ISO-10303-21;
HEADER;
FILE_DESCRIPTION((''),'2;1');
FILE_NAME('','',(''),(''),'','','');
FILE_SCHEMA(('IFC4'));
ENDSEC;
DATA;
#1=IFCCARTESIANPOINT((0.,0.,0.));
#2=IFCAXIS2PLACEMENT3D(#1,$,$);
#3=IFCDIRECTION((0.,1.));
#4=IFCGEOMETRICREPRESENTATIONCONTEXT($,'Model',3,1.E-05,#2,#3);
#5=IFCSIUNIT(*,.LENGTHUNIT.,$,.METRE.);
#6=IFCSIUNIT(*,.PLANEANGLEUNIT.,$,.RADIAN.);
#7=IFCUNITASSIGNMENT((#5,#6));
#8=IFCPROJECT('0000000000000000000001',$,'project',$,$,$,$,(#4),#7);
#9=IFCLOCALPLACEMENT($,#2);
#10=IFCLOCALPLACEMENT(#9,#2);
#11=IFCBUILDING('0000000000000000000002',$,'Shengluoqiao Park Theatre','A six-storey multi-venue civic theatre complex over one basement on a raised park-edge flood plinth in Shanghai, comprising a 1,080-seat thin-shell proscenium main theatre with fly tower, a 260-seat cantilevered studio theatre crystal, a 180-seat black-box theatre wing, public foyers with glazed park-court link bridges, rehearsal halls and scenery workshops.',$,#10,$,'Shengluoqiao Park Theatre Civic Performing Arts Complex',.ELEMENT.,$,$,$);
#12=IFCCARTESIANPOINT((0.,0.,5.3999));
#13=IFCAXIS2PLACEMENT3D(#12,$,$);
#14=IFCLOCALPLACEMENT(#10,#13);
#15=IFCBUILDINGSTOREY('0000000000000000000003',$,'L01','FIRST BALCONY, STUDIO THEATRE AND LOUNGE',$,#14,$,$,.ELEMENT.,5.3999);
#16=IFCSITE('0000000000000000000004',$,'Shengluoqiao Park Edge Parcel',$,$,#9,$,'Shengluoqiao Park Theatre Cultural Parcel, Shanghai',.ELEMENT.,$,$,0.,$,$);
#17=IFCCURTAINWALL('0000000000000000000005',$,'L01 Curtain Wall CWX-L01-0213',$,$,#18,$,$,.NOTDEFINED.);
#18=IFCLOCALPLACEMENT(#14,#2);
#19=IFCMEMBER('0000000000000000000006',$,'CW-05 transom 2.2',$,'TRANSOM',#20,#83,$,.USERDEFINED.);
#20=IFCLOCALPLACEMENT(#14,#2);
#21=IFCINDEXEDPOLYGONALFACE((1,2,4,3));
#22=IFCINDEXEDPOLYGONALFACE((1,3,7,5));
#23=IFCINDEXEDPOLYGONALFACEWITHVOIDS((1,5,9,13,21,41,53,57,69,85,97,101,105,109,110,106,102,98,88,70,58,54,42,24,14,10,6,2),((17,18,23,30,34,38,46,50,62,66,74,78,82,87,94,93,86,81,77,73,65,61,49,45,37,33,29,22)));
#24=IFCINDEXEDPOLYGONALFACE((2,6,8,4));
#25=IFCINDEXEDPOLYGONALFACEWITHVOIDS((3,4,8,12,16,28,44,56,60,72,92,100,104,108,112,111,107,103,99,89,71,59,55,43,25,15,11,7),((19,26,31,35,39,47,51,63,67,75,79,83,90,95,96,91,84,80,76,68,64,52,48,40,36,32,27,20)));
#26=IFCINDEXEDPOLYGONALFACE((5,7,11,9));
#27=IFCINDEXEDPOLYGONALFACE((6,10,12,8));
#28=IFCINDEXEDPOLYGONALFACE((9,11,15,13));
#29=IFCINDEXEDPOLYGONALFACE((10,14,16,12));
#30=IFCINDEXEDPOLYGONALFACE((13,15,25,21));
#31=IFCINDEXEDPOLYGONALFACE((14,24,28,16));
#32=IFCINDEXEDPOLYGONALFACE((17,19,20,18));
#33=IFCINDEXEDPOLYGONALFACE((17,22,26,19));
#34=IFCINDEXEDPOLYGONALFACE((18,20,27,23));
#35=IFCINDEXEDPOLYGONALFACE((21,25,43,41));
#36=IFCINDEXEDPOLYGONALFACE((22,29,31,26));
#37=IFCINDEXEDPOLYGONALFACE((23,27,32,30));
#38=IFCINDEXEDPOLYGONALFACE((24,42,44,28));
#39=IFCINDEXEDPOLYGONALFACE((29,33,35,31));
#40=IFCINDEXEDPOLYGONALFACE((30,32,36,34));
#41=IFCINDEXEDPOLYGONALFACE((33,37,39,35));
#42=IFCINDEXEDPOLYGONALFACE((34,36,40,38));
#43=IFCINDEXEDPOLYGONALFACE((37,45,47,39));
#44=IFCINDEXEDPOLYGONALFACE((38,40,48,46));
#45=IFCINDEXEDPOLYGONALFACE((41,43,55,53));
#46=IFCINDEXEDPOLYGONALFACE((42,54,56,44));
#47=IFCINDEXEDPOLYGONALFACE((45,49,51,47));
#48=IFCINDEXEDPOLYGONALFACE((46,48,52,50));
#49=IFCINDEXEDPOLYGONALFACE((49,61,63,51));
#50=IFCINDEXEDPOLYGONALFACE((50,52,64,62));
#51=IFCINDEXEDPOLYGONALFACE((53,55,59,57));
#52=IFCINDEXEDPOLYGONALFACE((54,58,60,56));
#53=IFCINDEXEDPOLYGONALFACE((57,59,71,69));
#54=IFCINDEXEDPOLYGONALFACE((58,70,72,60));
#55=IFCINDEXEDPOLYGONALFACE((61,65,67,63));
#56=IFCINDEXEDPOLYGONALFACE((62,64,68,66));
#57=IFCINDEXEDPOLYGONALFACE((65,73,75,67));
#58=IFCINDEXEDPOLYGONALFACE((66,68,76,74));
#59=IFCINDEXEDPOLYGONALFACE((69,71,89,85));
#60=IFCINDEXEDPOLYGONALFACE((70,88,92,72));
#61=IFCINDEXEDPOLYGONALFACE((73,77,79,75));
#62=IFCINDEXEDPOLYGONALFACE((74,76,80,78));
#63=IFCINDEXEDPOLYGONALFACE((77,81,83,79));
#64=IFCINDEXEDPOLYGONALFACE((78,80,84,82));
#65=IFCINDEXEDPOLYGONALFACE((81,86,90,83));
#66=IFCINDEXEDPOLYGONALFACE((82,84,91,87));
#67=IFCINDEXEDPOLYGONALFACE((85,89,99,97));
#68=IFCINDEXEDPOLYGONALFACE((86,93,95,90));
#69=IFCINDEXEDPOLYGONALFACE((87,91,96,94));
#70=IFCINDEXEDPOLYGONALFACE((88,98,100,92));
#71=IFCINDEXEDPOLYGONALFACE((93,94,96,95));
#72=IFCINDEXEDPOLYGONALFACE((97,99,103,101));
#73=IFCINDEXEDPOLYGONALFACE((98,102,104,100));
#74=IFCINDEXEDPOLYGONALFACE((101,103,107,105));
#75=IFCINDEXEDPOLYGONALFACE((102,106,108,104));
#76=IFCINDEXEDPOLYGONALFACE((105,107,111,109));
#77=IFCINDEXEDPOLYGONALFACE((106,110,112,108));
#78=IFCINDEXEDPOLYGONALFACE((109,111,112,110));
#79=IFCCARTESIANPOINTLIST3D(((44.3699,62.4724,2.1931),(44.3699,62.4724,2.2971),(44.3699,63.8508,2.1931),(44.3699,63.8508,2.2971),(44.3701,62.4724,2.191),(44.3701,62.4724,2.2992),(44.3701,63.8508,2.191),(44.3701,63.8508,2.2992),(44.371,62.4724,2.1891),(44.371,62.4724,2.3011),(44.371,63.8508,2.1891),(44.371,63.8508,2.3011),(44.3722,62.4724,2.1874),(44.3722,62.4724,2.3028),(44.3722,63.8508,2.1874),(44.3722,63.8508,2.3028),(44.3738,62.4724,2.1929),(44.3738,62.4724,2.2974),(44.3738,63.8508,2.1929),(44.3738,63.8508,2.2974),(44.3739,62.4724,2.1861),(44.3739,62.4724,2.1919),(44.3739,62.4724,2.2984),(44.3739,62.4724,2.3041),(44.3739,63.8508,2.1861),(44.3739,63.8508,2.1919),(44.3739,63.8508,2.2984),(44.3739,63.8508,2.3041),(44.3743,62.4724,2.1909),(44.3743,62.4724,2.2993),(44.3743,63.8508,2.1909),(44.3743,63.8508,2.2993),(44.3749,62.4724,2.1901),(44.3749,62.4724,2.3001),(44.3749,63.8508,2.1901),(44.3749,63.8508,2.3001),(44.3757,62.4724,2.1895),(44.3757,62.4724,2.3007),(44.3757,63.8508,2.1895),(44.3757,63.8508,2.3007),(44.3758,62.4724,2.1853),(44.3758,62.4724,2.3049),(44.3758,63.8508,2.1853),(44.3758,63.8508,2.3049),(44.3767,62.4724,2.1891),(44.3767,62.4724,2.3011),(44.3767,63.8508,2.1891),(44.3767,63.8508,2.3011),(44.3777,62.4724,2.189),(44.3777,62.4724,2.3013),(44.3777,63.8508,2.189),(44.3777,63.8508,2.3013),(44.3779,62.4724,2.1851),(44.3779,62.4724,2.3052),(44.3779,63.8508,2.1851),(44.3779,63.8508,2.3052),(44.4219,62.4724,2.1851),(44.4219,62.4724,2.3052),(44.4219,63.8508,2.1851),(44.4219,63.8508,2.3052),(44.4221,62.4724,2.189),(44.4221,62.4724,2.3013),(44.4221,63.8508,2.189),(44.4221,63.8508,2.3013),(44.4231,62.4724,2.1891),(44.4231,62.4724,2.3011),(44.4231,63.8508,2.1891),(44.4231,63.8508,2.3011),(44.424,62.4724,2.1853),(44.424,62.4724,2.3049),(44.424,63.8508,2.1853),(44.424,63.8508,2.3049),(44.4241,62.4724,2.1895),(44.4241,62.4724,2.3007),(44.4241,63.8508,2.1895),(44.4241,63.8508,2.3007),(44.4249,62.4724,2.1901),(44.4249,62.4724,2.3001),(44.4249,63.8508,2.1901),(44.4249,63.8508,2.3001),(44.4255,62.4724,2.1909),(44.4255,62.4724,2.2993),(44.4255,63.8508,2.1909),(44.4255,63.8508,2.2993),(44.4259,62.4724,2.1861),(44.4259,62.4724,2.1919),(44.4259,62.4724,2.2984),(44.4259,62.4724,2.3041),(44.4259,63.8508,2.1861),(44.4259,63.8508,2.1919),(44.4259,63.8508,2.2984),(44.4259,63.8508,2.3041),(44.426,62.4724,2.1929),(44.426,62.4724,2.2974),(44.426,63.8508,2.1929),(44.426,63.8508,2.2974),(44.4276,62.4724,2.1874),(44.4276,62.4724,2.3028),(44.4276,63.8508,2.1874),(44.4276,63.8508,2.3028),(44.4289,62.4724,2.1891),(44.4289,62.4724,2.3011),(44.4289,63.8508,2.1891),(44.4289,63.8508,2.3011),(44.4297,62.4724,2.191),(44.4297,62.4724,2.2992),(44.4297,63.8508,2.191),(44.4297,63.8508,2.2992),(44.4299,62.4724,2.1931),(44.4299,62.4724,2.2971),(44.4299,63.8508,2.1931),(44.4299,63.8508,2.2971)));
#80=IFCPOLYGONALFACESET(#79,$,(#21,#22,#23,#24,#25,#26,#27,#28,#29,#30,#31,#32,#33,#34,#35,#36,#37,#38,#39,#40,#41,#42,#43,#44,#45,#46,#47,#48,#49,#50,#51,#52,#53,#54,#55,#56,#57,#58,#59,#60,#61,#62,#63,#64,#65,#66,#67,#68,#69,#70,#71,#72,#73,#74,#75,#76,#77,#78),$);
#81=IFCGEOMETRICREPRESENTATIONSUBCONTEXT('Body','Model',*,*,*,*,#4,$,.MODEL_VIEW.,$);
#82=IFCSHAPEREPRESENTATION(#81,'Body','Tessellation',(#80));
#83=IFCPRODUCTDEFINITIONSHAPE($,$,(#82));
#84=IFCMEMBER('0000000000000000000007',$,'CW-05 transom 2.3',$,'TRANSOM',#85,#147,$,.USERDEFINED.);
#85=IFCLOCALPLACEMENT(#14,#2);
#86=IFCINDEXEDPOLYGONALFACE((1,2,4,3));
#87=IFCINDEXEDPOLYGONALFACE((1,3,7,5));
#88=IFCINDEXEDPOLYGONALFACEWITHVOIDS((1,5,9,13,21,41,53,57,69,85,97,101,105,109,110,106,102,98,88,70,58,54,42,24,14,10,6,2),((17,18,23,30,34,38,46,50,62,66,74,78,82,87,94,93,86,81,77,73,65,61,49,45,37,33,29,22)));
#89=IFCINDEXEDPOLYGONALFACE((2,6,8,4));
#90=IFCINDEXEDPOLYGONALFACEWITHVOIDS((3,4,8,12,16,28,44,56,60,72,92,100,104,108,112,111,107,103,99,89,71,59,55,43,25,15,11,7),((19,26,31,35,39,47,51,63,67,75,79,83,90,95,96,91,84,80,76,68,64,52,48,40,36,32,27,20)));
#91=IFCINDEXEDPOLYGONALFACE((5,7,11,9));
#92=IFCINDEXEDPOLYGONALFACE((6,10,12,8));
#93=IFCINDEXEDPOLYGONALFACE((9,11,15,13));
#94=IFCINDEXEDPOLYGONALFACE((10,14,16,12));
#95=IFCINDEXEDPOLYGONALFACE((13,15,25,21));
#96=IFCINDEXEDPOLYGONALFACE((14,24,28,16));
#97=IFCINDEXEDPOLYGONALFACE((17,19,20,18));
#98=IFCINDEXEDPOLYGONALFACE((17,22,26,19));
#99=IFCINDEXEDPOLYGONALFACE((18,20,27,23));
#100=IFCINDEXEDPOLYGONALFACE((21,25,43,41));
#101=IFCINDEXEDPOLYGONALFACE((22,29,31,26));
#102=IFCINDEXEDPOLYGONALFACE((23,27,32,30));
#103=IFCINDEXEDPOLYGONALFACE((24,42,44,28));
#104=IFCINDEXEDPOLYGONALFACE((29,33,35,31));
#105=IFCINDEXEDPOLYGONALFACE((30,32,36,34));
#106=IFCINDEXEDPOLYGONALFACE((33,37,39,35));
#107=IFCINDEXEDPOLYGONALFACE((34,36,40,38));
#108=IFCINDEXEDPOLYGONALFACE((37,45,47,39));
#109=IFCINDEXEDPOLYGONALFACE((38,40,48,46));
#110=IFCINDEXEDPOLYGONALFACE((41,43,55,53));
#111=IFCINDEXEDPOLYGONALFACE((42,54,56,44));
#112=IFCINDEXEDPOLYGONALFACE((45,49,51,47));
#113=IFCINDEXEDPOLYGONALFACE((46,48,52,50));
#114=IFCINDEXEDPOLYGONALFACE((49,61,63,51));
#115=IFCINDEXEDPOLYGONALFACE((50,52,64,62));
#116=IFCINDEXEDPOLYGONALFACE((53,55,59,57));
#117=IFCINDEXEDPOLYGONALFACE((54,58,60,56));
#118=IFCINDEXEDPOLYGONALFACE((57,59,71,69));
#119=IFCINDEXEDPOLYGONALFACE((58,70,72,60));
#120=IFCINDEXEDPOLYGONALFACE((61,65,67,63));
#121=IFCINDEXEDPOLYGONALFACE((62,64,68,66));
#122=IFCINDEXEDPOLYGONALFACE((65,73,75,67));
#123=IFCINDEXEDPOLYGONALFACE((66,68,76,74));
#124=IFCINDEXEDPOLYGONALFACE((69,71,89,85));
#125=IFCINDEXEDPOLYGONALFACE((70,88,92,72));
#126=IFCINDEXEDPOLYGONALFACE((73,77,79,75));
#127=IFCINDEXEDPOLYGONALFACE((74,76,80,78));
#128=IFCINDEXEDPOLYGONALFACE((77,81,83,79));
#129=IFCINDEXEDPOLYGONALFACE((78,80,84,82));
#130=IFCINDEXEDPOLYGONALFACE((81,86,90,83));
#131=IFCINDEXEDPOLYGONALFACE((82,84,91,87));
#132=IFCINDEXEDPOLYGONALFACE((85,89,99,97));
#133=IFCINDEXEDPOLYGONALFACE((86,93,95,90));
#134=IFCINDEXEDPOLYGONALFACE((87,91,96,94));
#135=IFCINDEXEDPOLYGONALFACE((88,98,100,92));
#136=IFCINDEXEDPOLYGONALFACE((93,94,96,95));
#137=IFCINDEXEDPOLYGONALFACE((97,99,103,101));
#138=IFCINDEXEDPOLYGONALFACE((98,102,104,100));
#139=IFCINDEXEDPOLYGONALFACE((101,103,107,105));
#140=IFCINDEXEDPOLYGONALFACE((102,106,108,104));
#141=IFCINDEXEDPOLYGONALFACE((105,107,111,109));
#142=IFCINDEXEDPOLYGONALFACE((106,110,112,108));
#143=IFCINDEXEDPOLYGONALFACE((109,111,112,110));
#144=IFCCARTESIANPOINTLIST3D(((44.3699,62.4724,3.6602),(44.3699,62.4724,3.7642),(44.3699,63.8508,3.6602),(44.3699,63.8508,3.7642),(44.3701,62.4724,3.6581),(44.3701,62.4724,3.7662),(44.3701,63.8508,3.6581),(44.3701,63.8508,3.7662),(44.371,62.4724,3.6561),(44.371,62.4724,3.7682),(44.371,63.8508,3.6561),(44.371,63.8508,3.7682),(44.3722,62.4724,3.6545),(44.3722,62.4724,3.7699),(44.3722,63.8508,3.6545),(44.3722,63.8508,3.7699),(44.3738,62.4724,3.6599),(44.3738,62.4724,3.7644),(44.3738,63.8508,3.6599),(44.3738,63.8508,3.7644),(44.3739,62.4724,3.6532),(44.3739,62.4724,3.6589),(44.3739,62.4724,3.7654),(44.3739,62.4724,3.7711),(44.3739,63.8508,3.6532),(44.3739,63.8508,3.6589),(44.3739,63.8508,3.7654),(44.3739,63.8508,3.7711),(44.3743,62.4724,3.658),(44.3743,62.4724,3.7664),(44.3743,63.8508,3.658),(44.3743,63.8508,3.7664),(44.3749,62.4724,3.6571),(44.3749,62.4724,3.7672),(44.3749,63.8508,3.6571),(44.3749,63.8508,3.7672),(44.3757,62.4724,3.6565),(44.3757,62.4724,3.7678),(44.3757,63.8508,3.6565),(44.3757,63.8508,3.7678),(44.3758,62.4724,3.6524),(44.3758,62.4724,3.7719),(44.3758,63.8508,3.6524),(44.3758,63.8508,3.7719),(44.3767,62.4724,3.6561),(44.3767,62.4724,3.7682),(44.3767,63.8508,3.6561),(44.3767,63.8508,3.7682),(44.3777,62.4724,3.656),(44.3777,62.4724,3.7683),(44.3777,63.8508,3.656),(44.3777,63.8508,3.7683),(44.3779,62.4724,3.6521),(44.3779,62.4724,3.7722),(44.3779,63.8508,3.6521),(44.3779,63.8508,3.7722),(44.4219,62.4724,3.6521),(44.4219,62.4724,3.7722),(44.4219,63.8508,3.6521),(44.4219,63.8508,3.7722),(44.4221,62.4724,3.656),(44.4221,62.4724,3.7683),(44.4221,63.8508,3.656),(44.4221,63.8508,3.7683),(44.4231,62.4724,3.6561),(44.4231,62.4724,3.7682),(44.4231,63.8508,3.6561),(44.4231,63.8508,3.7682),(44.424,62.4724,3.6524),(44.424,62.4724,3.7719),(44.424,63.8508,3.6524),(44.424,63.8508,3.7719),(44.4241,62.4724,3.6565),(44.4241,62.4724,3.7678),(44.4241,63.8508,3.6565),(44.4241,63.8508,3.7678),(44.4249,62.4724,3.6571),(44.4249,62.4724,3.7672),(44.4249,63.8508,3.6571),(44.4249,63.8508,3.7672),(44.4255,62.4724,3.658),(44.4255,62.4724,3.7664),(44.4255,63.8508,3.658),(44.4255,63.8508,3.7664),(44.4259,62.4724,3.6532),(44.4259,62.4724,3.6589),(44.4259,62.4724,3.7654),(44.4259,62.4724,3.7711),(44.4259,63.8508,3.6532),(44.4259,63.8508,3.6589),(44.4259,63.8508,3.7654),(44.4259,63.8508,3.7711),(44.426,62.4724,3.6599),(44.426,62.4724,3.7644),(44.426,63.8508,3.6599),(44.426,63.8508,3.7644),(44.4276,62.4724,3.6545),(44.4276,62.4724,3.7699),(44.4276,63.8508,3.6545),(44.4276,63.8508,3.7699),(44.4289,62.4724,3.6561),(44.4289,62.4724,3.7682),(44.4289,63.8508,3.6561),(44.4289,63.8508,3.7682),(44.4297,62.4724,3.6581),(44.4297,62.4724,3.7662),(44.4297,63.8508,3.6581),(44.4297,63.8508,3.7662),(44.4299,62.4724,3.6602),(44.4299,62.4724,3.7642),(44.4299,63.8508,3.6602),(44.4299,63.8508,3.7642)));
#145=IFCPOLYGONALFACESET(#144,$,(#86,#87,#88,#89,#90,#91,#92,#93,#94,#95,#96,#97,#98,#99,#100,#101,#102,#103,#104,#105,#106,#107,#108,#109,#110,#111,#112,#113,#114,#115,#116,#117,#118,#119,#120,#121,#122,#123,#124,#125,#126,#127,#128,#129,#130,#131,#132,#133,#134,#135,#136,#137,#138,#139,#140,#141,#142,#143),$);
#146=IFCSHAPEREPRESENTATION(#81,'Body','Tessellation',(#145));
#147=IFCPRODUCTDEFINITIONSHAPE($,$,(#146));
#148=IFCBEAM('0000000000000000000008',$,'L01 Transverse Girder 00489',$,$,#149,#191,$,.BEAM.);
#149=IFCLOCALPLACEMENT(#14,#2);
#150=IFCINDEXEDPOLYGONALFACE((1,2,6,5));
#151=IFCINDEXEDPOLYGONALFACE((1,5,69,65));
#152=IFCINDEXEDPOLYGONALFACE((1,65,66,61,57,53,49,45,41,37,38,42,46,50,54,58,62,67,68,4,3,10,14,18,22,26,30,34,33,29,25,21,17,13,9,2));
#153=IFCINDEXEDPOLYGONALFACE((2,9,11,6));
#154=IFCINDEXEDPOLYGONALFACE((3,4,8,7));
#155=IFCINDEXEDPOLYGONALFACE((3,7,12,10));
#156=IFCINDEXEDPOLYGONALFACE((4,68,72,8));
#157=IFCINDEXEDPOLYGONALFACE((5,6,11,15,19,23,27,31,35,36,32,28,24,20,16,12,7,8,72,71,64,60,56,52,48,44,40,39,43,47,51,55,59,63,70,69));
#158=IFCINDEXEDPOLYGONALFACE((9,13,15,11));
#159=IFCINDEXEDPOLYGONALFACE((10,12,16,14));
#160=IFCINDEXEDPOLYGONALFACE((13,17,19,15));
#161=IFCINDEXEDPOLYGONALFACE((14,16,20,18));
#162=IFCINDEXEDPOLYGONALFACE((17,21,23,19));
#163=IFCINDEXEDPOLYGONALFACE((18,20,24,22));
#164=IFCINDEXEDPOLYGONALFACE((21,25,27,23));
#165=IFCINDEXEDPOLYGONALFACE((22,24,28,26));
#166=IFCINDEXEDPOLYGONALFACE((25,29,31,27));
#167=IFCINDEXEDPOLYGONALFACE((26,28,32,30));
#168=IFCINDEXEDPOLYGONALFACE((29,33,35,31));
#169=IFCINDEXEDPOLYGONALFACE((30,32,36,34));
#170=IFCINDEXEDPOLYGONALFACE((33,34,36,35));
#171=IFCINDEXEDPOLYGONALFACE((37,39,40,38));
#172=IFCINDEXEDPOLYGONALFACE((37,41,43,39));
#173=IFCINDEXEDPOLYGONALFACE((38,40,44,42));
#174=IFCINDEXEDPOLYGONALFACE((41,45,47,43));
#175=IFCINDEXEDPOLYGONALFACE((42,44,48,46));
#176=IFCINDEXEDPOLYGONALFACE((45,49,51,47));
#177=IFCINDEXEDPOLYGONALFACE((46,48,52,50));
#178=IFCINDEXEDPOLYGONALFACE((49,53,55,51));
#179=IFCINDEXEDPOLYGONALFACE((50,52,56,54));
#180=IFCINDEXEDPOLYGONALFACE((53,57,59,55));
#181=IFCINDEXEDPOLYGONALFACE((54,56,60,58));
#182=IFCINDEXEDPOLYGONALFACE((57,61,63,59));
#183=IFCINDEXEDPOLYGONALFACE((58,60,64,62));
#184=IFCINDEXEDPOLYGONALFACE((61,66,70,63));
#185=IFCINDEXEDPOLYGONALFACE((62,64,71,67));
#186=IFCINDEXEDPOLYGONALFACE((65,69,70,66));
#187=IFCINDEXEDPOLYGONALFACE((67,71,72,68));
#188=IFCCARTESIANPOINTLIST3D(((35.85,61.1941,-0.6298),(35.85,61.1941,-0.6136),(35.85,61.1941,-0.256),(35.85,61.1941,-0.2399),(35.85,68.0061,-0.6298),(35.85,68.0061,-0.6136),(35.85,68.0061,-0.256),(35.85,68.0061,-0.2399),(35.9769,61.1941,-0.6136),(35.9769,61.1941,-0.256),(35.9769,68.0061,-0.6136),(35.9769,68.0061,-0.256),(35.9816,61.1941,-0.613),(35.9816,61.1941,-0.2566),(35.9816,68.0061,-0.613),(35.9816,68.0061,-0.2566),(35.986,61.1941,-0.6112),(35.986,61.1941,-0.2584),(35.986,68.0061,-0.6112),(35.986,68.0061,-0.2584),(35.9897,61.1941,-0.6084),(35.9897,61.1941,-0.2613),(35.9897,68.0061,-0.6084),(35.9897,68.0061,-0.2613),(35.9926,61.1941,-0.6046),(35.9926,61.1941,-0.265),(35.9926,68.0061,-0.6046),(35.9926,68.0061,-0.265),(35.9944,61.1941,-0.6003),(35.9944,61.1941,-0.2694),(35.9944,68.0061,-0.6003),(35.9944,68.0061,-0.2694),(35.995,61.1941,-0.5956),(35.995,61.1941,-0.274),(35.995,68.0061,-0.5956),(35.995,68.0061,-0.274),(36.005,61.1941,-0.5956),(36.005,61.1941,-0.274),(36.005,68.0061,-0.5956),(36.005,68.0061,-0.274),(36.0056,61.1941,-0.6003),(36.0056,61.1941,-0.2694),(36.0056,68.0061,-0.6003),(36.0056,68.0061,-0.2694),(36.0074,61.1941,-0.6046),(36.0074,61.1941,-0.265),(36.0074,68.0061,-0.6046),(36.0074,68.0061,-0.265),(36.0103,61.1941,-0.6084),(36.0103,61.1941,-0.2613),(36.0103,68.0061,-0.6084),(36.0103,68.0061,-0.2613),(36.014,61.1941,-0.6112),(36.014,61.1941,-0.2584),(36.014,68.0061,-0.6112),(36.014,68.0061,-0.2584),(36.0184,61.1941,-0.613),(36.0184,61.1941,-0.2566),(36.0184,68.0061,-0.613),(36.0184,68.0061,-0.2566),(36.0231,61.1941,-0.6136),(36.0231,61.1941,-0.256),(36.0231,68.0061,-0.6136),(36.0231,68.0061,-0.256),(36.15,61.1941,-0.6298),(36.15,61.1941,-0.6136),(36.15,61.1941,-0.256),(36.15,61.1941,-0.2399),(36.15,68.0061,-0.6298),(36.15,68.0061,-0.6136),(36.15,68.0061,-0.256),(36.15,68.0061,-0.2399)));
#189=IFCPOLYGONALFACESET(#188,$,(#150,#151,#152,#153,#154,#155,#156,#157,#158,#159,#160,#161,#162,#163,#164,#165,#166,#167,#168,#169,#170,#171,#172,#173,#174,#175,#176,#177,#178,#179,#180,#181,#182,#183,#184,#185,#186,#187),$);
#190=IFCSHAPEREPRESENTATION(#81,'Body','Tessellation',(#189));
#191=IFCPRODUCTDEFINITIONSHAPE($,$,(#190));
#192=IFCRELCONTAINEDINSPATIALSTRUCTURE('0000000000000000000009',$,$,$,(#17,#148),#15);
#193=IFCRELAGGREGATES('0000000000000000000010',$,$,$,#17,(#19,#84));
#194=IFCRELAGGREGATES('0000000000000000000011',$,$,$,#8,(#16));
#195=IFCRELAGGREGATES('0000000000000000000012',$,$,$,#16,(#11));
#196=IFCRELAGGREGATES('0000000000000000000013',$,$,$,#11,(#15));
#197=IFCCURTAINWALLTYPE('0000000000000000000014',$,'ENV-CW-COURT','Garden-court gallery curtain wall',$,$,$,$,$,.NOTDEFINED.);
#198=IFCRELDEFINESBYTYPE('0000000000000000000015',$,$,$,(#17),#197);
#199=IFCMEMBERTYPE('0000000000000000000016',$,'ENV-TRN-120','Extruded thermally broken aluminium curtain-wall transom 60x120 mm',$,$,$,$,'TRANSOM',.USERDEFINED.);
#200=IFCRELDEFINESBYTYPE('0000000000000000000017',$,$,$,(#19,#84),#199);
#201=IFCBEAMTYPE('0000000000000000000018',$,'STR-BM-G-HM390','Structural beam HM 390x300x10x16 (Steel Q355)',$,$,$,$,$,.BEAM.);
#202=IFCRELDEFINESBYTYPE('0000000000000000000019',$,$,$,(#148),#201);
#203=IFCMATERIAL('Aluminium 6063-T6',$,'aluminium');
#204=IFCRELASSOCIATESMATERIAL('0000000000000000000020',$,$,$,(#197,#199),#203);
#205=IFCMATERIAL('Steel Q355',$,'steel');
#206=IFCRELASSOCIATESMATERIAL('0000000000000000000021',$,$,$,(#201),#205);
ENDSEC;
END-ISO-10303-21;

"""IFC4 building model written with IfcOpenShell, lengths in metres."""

from ifc_helpers import new_model, si_unit, direction, frame, origin, origin_2d, place, context, subcontext, project, spatial, hollow_rectangle, i_section, extrude, material, material_profile, profile_set, type_object, element, aggregate, save


model = new_model("IFC4")

# Units and contexts
model_context = context("Model", 3, precision=1e-05, world=origin(), true_north=direction((0.0, 1.0)))
body_context = subcontext(model_context, "Body", "Model", "MODEL_VIEW")
ifc_project = project(units=[si_unit("LENGTHUNIT", "METRE"), si_unit("PLANEANGLEUNIT", "RADIAN")], contexts=[model_context])

# Site, building, storey
site_placement = place(None, origin())
site = spatial("IfcSite", under=ifc_project, at=site_placement, Name="Shengluoqiao Park Edge Parcel", LongName="Shengluoqiao Park Theatre Cultural Parcel, Shanghai", CompositionType="ELEMENT", RefElevation=0.0)
building_placement = place(site_placement, origin())
building = spatial("IfcBuilding", under=site, at=building_placement, Name="Shengluoqiao Park Theatre", Description="A six-storey multi-venue civic theatre complex over one basement on a raised park-edge flood plinth in Shanghai, comprising a 1,080-seat thin-shell proscenium main theatre with fly tower, a 260-seat cantilevered studio theatre crystal, a 180-seat black-box theatre wing, public foyers with glazed park-court link bridges, rehearsal halls and scenery workshops.", LongName="Shengluoqiao Park Theatre Civic Performing Arts Complex", CompositionType="ELEMENT")
storey_placement = place(building_placement, frame((0.0, 0.0, 5.3999)))
storey = spatial("IfcBuildingStorey", under=building, at=storey_placement, Name="L01", Description="FIRST BALCONY, STUDIO THEATRE AND LOUNGE", CompositionType="ELEMENT", Elevation=5.3999)

# Shared definitions
ifc_material_1 = material(Name="Steel Q355", Category="steel")

# Curtain wall, members
ifc_material_2 = material(Name="Aluminium 6063-T6", Category="aluminium")
curtain_wall_type = type_object("IfcCurtainWallType", Name="ENV-CW-COURT", Description="Garden-court gallery curtain wall", PredefinedType="NOTDEFINED", material=ifc_material_2)
curtain_wall_placement = place(storey_placement, origin())
curtain_wall = element("IfcCurtainWall", 1, at=curtain_wall_placement, inside=storey, type_object=curtain_wall_type, Name="L01 Curtain Wall CWX-L01-0213", PredefinedType="NOTDEFINED")
ifc_material_profile_1 = material_profile(ifc_material_2, hollow_rectangle(XDim=0.0601, YDim=0.1201, WallThickness=0.0039, InnerFilletRadius=0.0039, OuterFilletRadius=0.0081, at=origin_2d()), Name="ALU TRANSOM 120x60x4")
ifc_profile_set_1 = profile_set([ifc_material_profile_1], Name="Aluminium 6063-T6")
member_type_1 = type_object("IfcMemberType", Name="ENV-TRN-120", Description="Extruded thermally broken aluminium curtain-wall transom 60x120 mm", ElementType="TRANSOM", PredefinedType="USERDEFINED", material=ifc_profile_set_1)
member_1_placement = place(storey_placement, frame((44.3999, 62.4724, 2.2451), z_axis=(0.0, 1.0, 0.0), x_axis=(-1.0, 0.0, 0.0)))
member_1 = element("IfcMember", 2, at=member_1_placement, type_object=member_type_1, Name="CW-05 transom 2.2", ObjectType="TRANSOM", PredefinedType="USERDEFINED", context=body_context, shape_type="SweptSolid", body=[
    extrude(hollow_rectangle(XDim=0.0601, YDim=0.1201, WallThickness=0.0039, InnerFilletRadius=0.0039, OuterFilletRadius=0.0081, at=origin_2d()), origin(), (0.0, 0.0, 1.0), 1.3784),
])
member_2_placement = place(storey_placement, frame((44.3999, 62.4724, 3.7122), z_axis=(0.0, 1.0, 0.0), x_axis=(-1.0, 0.0, 0.0)))
member_2 = element("IfcMember", 3, at=member_2_placement, type_object=member_type_1, Name="CW-05 transom 2.3", ObjectType="TRANSOM", PredefinedType="USERDEFINED", context=body_context, shape_type="SweptSolid", body=[
    extrude(hollow_rectangle(XDim=0.0601, YDim=0.1201, WallThickness=0.0039, InnerFilletRadius=0.0039, OuterFilletRadius=0.0081, at=origin_2d()), origin(), (0.0, 0.0, 1.0), 1.3784),
])

# Beam
ifc_material_profile_2 = material_profile(ifc_material_1, i_section(OverallWidth=0.3, OverallDepth=0.3899, WebThickness=0.01, FlangeThickness=0.0161, FilletRadius=0.0181, at=origin_2d()), Name="HM 390x300x10x16")
ifc_profile_set_2 = profile_set([ifc_material_profile_2], Name="Steel Q355")
beam_type_1 = type_object("IfcBeamType", Name="STR-BM-G-HM390", Description="Structural beam HM 390x300x10x16 (Steel Q355)", PredefinedType="BEAM", material=ifc_profile_set_2)
for number, where, z_axis, x_axis, name in (
    (4, (36.0, 61.1941, -0.4348), (0.0, 1.0, 0.0), (-1.0, 0.0, 0.0), "L01 Transverse Girder 00489"),
):
    element("IfcBeam", number, at=place(storey_placement, frame(where, z_axis=z_axis, x_axis=x_axis)), inside=storey, type_object=beam_type_1, Name=name, PredefinedType="BEAM", context=body_context, shape_type="SweptSolid", body=[
        extrude(i_section(OverallWidth=0.3, OverallDepth=0.3899, WebThickness=0.01, FlangeThickness=0.0161, FilletRadius=0.0181, at=origin_2d()), origin(), (0.0, 0.0, 1.0), 6.812),
    ])

aggregate(curtain_wall, [member_1, member_2])

save(model, "model.ifc")
